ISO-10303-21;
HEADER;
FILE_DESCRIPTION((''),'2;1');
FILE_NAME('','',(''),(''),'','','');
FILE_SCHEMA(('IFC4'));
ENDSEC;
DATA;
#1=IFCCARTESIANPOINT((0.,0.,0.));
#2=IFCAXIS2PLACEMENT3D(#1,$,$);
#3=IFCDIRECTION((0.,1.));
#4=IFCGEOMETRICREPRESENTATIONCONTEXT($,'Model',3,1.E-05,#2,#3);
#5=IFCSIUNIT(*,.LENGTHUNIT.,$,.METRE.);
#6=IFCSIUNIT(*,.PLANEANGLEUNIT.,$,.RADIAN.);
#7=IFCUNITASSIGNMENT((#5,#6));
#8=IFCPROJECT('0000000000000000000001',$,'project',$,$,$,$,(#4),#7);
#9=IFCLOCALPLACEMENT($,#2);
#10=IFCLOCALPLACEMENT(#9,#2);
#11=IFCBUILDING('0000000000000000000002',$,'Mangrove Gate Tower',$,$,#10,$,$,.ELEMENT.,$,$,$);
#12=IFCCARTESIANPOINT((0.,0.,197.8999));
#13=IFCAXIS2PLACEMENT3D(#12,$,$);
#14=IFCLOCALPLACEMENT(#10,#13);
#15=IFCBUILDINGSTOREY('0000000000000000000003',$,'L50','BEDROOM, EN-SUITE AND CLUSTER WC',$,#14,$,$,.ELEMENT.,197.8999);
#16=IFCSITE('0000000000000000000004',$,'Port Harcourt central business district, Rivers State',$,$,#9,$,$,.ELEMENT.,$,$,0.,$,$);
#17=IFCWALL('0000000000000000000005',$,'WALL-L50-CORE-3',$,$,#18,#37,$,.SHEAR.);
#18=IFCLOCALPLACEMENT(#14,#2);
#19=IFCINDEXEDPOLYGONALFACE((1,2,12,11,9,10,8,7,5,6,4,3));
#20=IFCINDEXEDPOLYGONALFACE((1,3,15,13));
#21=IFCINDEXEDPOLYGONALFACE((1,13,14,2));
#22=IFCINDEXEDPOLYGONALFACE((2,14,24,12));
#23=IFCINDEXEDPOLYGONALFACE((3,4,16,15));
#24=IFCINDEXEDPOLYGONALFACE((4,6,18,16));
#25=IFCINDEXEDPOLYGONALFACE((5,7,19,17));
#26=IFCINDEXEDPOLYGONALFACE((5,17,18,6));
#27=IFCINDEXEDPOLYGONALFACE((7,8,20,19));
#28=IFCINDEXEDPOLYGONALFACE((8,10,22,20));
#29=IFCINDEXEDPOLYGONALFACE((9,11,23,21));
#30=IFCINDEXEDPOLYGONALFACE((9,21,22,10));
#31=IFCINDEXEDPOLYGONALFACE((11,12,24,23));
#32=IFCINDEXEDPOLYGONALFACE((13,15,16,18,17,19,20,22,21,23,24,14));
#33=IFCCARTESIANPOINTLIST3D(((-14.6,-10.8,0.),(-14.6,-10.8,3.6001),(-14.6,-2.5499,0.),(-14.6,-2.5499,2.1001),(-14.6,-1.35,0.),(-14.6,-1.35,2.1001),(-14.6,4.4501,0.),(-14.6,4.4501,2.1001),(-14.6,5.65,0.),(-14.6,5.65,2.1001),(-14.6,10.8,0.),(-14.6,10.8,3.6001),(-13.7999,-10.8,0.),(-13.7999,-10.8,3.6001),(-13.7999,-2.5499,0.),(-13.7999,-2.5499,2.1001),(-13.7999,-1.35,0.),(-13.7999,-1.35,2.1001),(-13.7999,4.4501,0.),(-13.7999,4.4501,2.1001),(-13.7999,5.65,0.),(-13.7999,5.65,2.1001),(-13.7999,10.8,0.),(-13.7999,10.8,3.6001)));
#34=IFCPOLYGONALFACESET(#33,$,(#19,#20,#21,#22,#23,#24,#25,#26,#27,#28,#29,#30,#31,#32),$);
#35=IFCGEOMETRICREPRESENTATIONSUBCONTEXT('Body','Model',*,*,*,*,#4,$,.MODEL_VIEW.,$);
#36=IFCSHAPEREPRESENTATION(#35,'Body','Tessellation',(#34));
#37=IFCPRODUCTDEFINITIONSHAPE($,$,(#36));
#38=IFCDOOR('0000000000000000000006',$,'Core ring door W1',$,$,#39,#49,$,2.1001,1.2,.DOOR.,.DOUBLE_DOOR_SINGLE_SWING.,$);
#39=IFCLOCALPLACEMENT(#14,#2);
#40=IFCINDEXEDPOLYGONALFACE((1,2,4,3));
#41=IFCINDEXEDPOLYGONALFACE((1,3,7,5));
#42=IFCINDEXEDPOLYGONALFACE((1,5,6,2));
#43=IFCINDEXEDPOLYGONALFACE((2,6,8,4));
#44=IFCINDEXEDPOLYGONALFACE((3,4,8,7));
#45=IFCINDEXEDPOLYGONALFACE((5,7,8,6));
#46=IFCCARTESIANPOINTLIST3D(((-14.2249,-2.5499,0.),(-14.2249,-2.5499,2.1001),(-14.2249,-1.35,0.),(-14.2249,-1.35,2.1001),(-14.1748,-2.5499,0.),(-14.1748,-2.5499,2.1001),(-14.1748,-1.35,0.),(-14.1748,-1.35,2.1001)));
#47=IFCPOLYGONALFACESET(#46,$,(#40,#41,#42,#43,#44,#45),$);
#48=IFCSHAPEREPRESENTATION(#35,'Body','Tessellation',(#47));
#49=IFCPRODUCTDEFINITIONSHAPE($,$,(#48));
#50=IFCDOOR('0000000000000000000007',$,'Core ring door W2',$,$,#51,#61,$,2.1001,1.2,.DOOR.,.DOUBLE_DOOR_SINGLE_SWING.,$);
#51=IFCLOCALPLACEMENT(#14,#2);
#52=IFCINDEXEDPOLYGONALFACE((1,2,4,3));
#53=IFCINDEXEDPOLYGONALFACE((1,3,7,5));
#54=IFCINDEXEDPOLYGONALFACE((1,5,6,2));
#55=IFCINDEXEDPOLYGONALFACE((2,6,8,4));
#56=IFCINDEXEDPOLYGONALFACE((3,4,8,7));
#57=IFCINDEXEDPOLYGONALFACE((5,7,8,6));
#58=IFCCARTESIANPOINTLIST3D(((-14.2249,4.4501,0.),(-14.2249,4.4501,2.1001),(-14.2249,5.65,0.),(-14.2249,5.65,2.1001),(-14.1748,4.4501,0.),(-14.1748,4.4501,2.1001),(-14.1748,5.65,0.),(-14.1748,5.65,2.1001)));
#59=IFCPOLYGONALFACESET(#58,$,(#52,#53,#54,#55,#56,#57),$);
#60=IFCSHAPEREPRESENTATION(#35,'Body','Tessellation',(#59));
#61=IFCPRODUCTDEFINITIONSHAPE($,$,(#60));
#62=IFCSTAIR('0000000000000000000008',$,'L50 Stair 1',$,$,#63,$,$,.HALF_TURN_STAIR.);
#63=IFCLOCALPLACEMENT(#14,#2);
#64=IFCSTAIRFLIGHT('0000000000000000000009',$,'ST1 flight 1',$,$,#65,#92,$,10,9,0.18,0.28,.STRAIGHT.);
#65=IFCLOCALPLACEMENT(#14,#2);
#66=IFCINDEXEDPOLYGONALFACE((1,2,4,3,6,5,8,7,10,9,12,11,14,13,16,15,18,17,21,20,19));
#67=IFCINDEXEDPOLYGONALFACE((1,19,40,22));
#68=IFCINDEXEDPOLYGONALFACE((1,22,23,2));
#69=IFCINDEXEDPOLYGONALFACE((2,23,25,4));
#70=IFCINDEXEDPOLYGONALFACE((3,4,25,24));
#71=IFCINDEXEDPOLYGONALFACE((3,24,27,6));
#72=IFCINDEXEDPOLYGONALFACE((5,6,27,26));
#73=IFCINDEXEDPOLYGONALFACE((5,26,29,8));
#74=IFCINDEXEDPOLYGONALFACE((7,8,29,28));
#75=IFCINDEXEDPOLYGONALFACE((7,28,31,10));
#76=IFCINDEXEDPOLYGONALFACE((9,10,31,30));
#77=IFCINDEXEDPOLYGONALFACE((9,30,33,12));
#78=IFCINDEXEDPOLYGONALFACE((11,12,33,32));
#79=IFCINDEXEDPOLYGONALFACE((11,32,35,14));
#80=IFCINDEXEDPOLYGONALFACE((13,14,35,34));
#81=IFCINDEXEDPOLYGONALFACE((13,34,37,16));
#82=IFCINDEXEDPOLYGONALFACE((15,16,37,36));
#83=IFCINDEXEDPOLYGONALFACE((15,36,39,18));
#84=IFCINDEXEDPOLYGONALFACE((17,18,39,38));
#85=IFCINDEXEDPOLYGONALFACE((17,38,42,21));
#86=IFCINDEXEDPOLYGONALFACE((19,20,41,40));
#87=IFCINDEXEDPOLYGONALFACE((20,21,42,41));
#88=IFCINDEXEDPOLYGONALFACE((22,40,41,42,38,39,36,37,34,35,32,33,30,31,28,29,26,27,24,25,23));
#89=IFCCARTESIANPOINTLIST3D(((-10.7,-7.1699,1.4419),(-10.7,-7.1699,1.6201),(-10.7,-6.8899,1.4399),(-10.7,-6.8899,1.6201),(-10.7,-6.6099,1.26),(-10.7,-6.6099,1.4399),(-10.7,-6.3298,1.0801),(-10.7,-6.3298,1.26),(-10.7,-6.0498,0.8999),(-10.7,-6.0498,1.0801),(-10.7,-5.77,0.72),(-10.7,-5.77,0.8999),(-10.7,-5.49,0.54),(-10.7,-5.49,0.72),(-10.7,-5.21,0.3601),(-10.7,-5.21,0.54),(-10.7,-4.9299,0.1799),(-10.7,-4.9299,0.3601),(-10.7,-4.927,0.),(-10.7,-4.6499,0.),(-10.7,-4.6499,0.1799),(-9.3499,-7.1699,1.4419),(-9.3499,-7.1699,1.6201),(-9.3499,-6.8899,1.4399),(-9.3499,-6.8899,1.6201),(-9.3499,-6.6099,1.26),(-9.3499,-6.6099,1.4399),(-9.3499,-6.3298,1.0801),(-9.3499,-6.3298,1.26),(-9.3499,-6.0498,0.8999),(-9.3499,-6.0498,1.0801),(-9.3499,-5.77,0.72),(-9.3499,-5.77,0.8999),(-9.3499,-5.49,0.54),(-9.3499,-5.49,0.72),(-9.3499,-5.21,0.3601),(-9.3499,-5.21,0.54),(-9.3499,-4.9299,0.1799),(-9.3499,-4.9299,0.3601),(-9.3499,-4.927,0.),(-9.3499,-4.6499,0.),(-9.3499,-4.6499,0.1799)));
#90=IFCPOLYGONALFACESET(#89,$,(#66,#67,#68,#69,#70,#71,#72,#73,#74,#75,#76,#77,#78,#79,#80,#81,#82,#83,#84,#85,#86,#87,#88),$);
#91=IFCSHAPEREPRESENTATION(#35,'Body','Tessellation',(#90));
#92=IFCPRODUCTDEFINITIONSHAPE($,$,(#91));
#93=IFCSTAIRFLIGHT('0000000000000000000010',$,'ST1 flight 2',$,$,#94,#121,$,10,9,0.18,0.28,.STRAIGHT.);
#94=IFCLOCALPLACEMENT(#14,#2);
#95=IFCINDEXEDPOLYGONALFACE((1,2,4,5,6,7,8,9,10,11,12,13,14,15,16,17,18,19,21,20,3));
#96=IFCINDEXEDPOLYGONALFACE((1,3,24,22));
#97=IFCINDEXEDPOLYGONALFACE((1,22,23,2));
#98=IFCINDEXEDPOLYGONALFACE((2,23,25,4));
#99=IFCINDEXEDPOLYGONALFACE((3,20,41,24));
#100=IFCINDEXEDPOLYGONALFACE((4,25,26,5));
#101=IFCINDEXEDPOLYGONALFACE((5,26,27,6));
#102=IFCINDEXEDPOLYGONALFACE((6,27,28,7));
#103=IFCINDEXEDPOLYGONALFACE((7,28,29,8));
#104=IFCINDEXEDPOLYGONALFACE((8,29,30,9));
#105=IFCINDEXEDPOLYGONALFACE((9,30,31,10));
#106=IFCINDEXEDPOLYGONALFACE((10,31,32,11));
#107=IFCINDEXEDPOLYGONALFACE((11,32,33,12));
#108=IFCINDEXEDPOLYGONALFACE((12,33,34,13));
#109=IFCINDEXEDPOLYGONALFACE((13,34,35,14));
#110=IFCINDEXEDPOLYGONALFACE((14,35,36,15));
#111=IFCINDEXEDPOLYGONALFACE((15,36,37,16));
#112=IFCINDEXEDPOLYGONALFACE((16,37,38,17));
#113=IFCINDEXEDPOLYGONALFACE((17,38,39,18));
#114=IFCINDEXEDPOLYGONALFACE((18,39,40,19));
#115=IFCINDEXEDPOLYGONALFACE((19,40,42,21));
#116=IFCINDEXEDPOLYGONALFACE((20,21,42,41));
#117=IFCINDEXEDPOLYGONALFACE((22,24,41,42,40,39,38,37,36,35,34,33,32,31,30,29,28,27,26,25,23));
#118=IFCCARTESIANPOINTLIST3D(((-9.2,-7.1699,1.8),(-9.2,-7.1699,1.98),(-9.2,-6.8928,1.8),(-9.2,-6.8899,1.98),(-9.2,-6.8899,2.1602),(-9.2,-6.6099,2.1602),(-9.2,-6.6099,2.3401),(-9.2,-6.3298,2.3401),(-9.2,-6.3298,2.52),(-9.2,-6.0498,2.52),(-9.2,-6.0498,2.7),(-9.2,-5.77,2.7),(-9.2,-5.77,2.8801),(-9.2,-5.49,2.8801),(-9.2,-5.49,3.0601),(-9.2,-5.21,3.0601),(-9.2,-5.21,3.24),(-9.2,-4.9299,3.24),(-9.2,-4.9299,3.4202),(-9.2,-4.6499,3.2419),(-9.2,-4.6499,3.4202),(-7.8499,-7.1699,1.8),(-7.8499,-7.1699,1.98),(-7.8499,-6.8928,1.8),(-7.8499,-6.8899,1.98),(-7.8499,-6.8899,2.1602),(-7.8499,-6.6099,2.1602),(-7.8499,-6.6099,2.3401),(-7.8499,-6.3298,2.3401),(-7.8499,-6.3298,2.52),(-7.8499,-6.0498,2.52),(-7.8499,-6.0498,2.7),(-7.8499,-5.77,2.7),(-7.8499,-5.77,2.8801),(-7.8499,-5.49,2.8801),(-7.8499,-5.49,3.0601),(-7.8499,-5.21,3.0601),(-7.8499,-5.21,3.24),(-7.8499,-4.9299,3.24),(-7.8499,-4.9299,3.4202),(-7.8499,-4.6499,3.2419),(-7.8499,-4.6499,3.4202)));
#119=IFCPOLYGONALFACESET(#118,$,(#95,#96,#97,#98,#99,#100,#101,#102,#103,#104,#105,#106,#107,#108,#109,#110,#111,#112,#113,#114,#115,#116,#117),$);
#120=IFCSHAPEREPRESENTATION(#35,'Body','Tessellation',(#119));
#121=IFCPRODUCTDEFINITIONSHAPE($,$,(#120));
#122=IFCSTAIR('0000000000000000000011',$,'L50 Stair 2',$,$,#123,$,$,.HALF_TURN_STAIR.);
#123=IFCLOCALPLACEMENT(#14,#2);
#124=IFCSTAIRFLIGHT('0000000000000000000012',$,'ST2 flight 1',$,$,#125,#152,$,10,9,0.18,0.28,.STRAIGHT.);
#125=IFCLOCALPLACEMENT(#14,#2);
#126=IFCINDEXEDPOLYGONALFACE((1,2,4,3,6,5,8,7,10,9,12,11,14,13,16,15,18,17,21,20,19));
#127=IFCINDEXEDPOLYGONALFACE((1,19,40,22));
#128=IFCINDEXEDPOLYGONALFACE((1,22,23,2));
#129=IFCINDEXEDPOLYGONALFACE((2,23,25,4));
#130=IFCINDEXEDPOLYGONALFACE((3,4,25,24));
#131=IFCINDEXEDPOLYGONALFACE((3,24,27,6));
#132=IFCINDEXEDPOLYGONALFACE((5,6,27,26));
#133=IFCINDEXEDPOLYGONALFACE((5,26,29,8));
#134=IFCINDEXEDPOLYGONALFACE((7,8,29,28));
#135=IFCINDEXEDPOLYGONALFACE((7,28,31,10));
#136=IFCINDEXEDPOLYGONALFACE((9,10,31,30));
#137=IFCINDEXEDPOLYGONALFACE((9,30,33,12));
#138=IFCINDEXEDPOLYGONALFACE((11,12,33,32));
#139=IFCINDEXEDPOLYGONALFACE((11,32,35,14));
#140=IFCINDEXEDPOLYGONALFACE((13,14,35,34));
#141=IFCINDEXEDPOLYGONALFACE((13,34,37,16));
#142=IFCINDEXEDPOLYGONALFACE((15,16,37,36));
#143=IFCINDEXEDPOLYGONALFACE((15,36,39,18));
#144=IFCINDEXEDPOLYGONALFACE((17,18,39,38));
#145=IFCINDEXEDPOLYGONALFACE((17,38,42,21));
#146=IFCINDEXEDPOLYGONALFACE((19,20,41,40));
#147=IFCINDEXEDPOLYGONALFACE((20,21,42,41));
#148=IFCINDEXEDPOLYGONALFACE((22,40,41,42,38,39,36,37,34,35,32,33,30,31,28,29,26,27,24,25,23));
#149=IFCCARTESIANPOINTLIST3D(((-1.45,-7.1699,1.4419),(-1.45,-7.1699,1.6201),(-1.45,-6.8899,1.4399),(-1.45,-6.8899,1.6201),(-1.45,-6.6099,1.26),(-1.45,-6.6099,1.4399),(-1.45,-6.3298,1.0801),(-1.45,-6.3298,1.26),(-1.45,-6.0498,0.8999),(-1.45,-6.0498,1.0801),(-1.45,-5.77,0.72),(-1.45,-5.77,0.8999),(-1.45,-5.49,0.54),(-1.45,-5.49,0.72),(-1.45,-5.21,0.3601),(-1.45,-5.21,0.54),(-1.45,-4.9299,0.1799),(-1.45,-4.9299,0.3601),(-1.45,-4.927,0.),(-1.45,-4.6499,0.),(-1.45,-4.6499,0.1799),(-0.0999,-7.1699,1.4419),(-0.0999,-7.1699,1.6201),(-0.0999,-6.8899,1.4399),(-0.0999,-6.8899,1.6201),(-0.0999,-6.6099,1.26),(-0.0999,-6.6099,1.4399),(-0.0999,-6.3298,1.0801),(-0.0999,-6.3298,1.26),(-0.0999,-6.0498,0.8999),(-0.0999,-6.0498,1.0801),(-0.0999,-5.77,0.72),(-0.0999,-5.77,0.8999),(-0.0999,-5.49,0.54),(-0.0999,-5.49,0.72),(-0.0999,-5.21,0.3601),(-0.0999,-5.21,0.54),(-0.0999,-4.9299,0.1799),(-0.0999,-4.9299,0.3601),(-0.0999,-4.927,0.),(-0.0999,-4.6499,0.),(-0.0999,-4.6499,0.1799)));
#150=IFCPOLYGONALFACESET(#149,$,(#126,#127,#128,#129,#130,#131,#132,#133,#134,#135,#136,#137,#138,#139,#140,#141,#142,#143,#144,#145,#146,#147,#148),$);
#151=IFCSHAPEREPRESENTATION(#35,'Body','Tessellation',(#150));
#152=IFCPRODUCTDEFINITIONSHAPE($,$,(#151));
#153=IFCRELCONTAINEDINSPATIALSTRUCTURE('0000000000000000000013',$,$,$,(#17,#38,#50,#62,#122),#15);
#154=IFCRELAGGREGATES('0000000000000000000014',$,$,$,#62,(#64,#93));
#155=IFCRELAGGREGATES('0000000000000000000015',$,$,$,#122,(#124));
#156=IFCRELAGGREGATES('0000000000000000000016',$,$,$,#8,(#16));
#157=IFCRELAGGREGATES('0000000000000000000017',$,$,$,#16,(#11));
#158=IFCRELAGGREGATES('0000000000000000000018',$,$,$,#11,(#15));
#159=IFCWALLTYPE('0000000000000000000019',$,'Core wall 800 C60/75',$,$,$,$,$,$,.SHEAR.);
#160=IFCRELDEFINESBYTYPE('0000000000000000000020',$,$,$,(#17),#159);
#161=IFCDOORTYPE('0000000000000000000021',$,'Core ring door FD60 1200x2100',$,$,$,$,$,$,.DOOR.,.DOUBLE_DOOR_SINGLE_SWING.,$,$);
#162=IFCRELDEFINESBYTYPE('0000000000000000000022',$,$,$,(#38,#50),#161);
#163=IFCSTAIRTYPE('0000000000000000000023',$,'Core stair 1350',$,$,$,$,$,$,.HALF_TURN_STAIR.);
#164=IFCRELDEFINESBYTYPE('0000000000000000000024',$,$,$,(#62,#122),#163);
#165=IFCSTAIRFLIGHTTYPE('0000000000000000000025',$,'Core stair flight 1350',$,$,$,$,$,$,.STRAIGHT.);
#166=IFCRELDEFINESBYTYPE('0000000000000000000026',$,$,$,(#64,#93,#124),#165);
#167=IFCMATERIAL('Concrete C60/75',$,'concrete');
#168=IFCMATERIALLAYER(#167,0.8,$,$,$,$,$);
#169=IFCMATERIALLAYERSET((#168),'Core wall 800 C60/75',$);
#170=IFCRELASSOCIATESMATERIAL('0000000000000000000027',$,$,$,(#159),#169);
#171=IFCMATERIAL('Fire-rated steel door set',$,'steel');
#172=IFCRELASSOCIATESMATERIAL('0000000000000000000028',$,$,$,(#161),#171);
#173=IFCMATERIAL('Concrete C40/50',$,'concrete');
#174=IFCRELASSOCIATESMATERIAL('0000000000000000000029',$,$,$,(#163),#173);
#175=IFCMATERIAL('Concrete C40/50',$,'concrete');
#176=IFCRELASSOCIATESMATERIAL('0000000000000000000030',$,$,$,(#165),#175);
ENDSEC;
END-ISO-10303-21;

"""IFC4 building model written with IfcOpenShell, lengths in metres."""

from ifc_helpers import new_model, si_unit, direction, frame, frame_2d, origin, place, context, subcontext, project, spatial, polyline, rectangle, outline, extrude, material, layer, layer_set, type_object, element, fill, aggregate, save


model = new_model("IFC4")

# Units and contexts
model_context = context("Model", 3, precision=1e-05, world=origin(), true_north=direction((0.0, 1.0)))
body_context = subcontext(model_context, "Body", "Model", "MODEL_VIEW")
ifc_project = project(units=[si_unit("LENGTHUNIT", "METRE"), si_unit("PLANEANGLEUNIT", "RADIAN")], contexts=[model_context])

# Site, building, storey
site_placement = place(None, origin())
site = spatial("IfcSite", under=ifc_project, at=site_placement, Name="Port Harcourt central business district, Rivers State", CompositionType="ELEMENT", RefElevation=0.0)
building_placement = place(site_placement, origin())
building = spatial("IfcBuilding", under=site, at=building_placement, Name="Mangrove Gate Tower", CompositionType="ELEMENT")
storey_placement = place(building_placement, frame((0.0, 0.0, 197.8999)))
storey = spatial("IfcBuildingStorey", under=building, at=storey_placement, Name="L50", Description="BEDROOM, EN-SUITE AND CLUSTER WC", CompositionType="ELEMENT", Elevation=197.8999)

# Shared definitions
ifc_material_1 = material(Name="Concrete C60/75", Category="concrete")
ifc_layer_1 = layer(ifc_material_1, 0.8)
ifc_layer_set_1 = layer_set([ifc_layer_1], Name="Core wall 800 C60/75")
wall_type_1 = type_object("IfcWallType", Name="Core wall 800 C60/75", PredefinedType="SHEAR", material=ifc_layer_set_1)

# Wall, openings, doors
wall_1_placement = place(storey_placement, frame((-14.2, -10.8, 0.0), z_axis=(0.0, 0.0, 1.0), x_axis=(0.0, 1.0, 0.0)))
wall_1 = element("IfcWall", 1, at=wall_1_placement, inside=storey, type_object=wall_type_1, Name="WALL-L50-CORE-3", PredefinedType="SHEAR", context=body_context, shape_type="SweptSolid", body=[
    extrude(rectangle(XDim=21.6001, YDim=0.8, at=frame_2d((10.8, 0.0))), origin(), (0.0, 0.0, 1.0), 3.6001),
])
opening_1_placement = place(wall_1_placement, frame((8.25, 0.0, 0.0)))
opening_1 = element("IfcOpeningElement", 2, at=opening_1_placement, cuts=wall_1, PredefinedType="OPENING", context=body_context, shape_type="SweptSolid", body=[
    extrude(rectangle(XDim=1.2, YDim=2.1001, at=frame_2d((0.6001, 1.05))), frame((0.0, 0.4099, 0.0), z_axis=(0.0, -1.0, 0.0), x_axis=(1.0, 0.0, 0.0)), (0.0, 0.0, 1.0), 0.8201),
])
opening_2_placement = place(wall_1_placement, frame((15.25, 0.0, 0.0)))
opening_2 = element("IfcOpeningElement", 3, at=opening_2_placement, cuts=wall_1, PredefinedType="OPENING", context=body_context, shape_type="SweptSolid", body=[
    extrude(rectangle(XDim=1.2, YDim=2.1001, at=frame_2d((0.6001, 1.05))), frame((0.0, 0.4099, 0.0), z_axis=(0.0, -1.0, 0.0), x_axis=(1.0, 0.0, 0.0)), (0.0, 0.0, 1.0), 0.8201),
])
ifc_material_2 = material(Name="Fire-rated steel door set", Category="steel")
door_type_1 = type_object("IfcDoorType", Name="Core ring door FD60 1200x2100", OperationType="DOUBLE_DOOR_SINGLE_SWING", PredefinedType="DOOR", material=ifc_material_2)
door_1_placement = place(opening_1_placement, origin())
door_1 = element("IfcDoor", 4, at=door_1_placement, inside=storey, type_object=door_type_1, Name="Core ring door W1", OperationType="DOUBLE_DOOR_SINGLE_SWING", OverallHeight=2.1001, OverallWidth=1.2, PredefinedType="DOOR", context=body_context, shape_type="SweptSolid", body=[
    extrude(rectangle(XDim=1.2, YDim=2.1001, at=frame_2d((0.6001, 1.05))), frame((0.0, 0.0249, 0.0), z_axis=(0.0, -1.0, 0.0), x_axis=(1.0, 0.0, 0.0)), (0.0, 0.0, 1.0), 0.05),
])
fill(opening_1, door_1)
door_2_placement = place(opening_2_placement, origin())
door_2 = element("IfcDoor", 5, at=door_2_placement, inside=storey, type_object=door_type_1, Name="Core ring door W2", OperationType="DOUBLE_DOOR_SINGLE_SWING", OverallHeight=2.1001, OverallWidth=1.2, PredefinedType="DOOR", context=body_context, shape_type="SweptSolid", body=[
    extrude(rectangle(XDim=1.2, YDim=2.1001, at=frame_2d((0.6001, 1.05))), frame((0.0, 0.0249, 0.0), z_axis=(0.0, -1.0, 0.0), x_axis=(1.0, 0.0, 0.0)), (0.0, 0.0, 1.0), 0.05),
])
fill(opening_2, door_2)

# Stair, stair flights
ifc_material_3 = material(Name="Concrete C40/50", Category="concrete")
stair_type = type_object("IfcStairType", Name="Core stair 1350", PredefinedType="HALF_TURN_STAIR", material=ifc_material_3)
stair_1_placement = place(storey_placement, origin())
stair_1 = element("IfcStair", 6, at=stair_1_placement, inside=storey, type_object=stair_type, Name="L50 Stair 1", PredefinedType="HALF_TURN_STAIR")
ifc_material_4 = material(Name="Concrete C40/50", Category="concrete")
stair_flight_type = type_object("IfcStairFlightType", Name="Core stair flight 1350", PredefinedType="STRAIGHT", material=ifc_material_4)
stair_flight_1_placement = place(storey_placement, frame((-10.0249, -4.6499, 0.0), z_axis=(0.0, 0.0, 1.0), x_axis=(0.0, -1.0, 0.0)))
stair_flight_1 = element("IfcStairFlight", 7, at=stair_flight_1_placement, type_object=stair_flight_type, Name="ST1 flight 1", NumberOfRisers=10, NumberOfTreads=9, PredefinedType="STRAIGHT", RiserHeight=0.18, TreadLength=0.28, context=body_context, shape_type="SweptSolid", body=[
    extrude(outline(polyline([(0.0, 0.0), (0.0, 0.1799), (0.28, 0.1799), (0.28, 0.3601), (0.5601, 0.3601), (0.5601, 0.54), (0.8401, 0.54), (0.8401, 0.72), (1.1201, 0.72), (1.1201, 0.8999), (1.3999, 0.8999), (1.3999, 1.0801), (1.6799, 1.0801), (1.6799, 1.26), (1.96, 1.26), (1.96, 1.4399), (2.24, 1.4399), (2.24, 1.6201), (2.52, 1.6201), (2.52, 1.8), (2.52, 1.4419), (0.2771, 0.0), (0.0, 0.0)])), frame((0.0, 0.675, 0.0), z_axis=(0.0, -1.0, 0.0), x_axis=(1.0, 0.0, 0.0)), (0.0, 0.0, 1.0), 1.3501),
])
stair_flight_2_placement = place(storey_placement, frame((-8.5249, -7.1699, 1.8), z_axis=(0.0, 0.0, 1.0), x_axis=(0.0, 1.0, 0.0)))
stair_flight_2 = element("IfcStairFlight", 8, at=stair_flight_2_placement, type_object=stair_flight_type, Name="ST1 flight 2", NumberOfRisers=10, NumberOfTreads=9, PredefinedType="STRAIGHT", RiserHeight=0.18, TreadLength=0.28, context=body_context, shape_type="SweptSolid", body=[
    extrude(outline(polyline([(0.0, 0.0), (0.0, 0.1799), (0.28, 0.1799), (0.28, 0.3601), (0.5601, 0.3601), (0.5601, 0.54), (0.8401, 0.54), (0.8401, 0.72), (1.1201, 0.72), (1.1201, 0.8999), (1.3999, 0.8999), (1.3999, 1.0801), (1.6799, 1.0801), (1.6799, 1.26), (1.96, 1.26), (1.96, 1.4399), (2.24, 1.4399), (2.24, 1.6201), (2.52, 1.6201), (2.52, 1.8), (2.52, 1.4419), (0.2771, 0.0), (0.0, 0.0)])), frame((0.0, 0.675, 0.0), z_axis=(0.0, -1.0, 0.0), x_axis=(1.0, 0.0, 0.0)), (0.0, 0.0, 1.0), 1.3501),
])
aggregate(stair_1, [stair_flight_1, stair_flight_2])

# Stair, stair flight
stair_2_placement = place(storey_placement, origin())
stair_2 = element("IfcStair", 9, at=stair_2_placement, inside=storey, type_object=stair_type, Name="L50 Stair 2", PredefinedType="HALF_TURN_STAIR")
stair_flight_3_placement = place(storey_placement, frame((-0.7749, -4.6499, 0.0), z_axis=(0.0, 0.0, 1.0), x_axis=(0.0, -1.0, 0.0)))
stair_flight_3 = element("IfcStairFlight", 10, at=stair_flight_3_placement, type_object=stair_flight_type, Name="ST2 flight 1", NumberOfRisers=10, NumberOfTreads=9, PredefinedType="STRAIGHT", RiserHeight=0.18, TreadLength=0.28, context=body_context, shape_type="SweptSolid", body=[
    extrude(outline(polyline([(0.0, 0.0), (0.0, 0.1799), (0.28, 0.1799), (0.28, 0.3601), (0.5601, 0.3601), (0.5601, 0.54), (0.8401, 0.54), (0.8401, 0.72), (1.1201, 0.72), (1.1201, 0.8999), (1.3999, 0.8999), (1.3999, 1.0801), (1.6799, 1.0801), (1.6799, 1.26), (1.96, 1.26), (1.96, 1.4399), (2.24, 1.4399), (2.24, 1.6201), (2.52, 1.6201), (2.52, 1.8), (2.52, 1.4419), (0.2771, 0.0), (0.0, 0.0)])), frame((0.0, 0.675, 0.0), z_axis=(0.0, -1.0, 0.0), x_axis=(1.0, 0.0, 0.0)), (0.0, 0.0, 1.0), 1.3501),
])
aggregate(stair_2, [stair_flight_3])

save(model, "model.ifc")
